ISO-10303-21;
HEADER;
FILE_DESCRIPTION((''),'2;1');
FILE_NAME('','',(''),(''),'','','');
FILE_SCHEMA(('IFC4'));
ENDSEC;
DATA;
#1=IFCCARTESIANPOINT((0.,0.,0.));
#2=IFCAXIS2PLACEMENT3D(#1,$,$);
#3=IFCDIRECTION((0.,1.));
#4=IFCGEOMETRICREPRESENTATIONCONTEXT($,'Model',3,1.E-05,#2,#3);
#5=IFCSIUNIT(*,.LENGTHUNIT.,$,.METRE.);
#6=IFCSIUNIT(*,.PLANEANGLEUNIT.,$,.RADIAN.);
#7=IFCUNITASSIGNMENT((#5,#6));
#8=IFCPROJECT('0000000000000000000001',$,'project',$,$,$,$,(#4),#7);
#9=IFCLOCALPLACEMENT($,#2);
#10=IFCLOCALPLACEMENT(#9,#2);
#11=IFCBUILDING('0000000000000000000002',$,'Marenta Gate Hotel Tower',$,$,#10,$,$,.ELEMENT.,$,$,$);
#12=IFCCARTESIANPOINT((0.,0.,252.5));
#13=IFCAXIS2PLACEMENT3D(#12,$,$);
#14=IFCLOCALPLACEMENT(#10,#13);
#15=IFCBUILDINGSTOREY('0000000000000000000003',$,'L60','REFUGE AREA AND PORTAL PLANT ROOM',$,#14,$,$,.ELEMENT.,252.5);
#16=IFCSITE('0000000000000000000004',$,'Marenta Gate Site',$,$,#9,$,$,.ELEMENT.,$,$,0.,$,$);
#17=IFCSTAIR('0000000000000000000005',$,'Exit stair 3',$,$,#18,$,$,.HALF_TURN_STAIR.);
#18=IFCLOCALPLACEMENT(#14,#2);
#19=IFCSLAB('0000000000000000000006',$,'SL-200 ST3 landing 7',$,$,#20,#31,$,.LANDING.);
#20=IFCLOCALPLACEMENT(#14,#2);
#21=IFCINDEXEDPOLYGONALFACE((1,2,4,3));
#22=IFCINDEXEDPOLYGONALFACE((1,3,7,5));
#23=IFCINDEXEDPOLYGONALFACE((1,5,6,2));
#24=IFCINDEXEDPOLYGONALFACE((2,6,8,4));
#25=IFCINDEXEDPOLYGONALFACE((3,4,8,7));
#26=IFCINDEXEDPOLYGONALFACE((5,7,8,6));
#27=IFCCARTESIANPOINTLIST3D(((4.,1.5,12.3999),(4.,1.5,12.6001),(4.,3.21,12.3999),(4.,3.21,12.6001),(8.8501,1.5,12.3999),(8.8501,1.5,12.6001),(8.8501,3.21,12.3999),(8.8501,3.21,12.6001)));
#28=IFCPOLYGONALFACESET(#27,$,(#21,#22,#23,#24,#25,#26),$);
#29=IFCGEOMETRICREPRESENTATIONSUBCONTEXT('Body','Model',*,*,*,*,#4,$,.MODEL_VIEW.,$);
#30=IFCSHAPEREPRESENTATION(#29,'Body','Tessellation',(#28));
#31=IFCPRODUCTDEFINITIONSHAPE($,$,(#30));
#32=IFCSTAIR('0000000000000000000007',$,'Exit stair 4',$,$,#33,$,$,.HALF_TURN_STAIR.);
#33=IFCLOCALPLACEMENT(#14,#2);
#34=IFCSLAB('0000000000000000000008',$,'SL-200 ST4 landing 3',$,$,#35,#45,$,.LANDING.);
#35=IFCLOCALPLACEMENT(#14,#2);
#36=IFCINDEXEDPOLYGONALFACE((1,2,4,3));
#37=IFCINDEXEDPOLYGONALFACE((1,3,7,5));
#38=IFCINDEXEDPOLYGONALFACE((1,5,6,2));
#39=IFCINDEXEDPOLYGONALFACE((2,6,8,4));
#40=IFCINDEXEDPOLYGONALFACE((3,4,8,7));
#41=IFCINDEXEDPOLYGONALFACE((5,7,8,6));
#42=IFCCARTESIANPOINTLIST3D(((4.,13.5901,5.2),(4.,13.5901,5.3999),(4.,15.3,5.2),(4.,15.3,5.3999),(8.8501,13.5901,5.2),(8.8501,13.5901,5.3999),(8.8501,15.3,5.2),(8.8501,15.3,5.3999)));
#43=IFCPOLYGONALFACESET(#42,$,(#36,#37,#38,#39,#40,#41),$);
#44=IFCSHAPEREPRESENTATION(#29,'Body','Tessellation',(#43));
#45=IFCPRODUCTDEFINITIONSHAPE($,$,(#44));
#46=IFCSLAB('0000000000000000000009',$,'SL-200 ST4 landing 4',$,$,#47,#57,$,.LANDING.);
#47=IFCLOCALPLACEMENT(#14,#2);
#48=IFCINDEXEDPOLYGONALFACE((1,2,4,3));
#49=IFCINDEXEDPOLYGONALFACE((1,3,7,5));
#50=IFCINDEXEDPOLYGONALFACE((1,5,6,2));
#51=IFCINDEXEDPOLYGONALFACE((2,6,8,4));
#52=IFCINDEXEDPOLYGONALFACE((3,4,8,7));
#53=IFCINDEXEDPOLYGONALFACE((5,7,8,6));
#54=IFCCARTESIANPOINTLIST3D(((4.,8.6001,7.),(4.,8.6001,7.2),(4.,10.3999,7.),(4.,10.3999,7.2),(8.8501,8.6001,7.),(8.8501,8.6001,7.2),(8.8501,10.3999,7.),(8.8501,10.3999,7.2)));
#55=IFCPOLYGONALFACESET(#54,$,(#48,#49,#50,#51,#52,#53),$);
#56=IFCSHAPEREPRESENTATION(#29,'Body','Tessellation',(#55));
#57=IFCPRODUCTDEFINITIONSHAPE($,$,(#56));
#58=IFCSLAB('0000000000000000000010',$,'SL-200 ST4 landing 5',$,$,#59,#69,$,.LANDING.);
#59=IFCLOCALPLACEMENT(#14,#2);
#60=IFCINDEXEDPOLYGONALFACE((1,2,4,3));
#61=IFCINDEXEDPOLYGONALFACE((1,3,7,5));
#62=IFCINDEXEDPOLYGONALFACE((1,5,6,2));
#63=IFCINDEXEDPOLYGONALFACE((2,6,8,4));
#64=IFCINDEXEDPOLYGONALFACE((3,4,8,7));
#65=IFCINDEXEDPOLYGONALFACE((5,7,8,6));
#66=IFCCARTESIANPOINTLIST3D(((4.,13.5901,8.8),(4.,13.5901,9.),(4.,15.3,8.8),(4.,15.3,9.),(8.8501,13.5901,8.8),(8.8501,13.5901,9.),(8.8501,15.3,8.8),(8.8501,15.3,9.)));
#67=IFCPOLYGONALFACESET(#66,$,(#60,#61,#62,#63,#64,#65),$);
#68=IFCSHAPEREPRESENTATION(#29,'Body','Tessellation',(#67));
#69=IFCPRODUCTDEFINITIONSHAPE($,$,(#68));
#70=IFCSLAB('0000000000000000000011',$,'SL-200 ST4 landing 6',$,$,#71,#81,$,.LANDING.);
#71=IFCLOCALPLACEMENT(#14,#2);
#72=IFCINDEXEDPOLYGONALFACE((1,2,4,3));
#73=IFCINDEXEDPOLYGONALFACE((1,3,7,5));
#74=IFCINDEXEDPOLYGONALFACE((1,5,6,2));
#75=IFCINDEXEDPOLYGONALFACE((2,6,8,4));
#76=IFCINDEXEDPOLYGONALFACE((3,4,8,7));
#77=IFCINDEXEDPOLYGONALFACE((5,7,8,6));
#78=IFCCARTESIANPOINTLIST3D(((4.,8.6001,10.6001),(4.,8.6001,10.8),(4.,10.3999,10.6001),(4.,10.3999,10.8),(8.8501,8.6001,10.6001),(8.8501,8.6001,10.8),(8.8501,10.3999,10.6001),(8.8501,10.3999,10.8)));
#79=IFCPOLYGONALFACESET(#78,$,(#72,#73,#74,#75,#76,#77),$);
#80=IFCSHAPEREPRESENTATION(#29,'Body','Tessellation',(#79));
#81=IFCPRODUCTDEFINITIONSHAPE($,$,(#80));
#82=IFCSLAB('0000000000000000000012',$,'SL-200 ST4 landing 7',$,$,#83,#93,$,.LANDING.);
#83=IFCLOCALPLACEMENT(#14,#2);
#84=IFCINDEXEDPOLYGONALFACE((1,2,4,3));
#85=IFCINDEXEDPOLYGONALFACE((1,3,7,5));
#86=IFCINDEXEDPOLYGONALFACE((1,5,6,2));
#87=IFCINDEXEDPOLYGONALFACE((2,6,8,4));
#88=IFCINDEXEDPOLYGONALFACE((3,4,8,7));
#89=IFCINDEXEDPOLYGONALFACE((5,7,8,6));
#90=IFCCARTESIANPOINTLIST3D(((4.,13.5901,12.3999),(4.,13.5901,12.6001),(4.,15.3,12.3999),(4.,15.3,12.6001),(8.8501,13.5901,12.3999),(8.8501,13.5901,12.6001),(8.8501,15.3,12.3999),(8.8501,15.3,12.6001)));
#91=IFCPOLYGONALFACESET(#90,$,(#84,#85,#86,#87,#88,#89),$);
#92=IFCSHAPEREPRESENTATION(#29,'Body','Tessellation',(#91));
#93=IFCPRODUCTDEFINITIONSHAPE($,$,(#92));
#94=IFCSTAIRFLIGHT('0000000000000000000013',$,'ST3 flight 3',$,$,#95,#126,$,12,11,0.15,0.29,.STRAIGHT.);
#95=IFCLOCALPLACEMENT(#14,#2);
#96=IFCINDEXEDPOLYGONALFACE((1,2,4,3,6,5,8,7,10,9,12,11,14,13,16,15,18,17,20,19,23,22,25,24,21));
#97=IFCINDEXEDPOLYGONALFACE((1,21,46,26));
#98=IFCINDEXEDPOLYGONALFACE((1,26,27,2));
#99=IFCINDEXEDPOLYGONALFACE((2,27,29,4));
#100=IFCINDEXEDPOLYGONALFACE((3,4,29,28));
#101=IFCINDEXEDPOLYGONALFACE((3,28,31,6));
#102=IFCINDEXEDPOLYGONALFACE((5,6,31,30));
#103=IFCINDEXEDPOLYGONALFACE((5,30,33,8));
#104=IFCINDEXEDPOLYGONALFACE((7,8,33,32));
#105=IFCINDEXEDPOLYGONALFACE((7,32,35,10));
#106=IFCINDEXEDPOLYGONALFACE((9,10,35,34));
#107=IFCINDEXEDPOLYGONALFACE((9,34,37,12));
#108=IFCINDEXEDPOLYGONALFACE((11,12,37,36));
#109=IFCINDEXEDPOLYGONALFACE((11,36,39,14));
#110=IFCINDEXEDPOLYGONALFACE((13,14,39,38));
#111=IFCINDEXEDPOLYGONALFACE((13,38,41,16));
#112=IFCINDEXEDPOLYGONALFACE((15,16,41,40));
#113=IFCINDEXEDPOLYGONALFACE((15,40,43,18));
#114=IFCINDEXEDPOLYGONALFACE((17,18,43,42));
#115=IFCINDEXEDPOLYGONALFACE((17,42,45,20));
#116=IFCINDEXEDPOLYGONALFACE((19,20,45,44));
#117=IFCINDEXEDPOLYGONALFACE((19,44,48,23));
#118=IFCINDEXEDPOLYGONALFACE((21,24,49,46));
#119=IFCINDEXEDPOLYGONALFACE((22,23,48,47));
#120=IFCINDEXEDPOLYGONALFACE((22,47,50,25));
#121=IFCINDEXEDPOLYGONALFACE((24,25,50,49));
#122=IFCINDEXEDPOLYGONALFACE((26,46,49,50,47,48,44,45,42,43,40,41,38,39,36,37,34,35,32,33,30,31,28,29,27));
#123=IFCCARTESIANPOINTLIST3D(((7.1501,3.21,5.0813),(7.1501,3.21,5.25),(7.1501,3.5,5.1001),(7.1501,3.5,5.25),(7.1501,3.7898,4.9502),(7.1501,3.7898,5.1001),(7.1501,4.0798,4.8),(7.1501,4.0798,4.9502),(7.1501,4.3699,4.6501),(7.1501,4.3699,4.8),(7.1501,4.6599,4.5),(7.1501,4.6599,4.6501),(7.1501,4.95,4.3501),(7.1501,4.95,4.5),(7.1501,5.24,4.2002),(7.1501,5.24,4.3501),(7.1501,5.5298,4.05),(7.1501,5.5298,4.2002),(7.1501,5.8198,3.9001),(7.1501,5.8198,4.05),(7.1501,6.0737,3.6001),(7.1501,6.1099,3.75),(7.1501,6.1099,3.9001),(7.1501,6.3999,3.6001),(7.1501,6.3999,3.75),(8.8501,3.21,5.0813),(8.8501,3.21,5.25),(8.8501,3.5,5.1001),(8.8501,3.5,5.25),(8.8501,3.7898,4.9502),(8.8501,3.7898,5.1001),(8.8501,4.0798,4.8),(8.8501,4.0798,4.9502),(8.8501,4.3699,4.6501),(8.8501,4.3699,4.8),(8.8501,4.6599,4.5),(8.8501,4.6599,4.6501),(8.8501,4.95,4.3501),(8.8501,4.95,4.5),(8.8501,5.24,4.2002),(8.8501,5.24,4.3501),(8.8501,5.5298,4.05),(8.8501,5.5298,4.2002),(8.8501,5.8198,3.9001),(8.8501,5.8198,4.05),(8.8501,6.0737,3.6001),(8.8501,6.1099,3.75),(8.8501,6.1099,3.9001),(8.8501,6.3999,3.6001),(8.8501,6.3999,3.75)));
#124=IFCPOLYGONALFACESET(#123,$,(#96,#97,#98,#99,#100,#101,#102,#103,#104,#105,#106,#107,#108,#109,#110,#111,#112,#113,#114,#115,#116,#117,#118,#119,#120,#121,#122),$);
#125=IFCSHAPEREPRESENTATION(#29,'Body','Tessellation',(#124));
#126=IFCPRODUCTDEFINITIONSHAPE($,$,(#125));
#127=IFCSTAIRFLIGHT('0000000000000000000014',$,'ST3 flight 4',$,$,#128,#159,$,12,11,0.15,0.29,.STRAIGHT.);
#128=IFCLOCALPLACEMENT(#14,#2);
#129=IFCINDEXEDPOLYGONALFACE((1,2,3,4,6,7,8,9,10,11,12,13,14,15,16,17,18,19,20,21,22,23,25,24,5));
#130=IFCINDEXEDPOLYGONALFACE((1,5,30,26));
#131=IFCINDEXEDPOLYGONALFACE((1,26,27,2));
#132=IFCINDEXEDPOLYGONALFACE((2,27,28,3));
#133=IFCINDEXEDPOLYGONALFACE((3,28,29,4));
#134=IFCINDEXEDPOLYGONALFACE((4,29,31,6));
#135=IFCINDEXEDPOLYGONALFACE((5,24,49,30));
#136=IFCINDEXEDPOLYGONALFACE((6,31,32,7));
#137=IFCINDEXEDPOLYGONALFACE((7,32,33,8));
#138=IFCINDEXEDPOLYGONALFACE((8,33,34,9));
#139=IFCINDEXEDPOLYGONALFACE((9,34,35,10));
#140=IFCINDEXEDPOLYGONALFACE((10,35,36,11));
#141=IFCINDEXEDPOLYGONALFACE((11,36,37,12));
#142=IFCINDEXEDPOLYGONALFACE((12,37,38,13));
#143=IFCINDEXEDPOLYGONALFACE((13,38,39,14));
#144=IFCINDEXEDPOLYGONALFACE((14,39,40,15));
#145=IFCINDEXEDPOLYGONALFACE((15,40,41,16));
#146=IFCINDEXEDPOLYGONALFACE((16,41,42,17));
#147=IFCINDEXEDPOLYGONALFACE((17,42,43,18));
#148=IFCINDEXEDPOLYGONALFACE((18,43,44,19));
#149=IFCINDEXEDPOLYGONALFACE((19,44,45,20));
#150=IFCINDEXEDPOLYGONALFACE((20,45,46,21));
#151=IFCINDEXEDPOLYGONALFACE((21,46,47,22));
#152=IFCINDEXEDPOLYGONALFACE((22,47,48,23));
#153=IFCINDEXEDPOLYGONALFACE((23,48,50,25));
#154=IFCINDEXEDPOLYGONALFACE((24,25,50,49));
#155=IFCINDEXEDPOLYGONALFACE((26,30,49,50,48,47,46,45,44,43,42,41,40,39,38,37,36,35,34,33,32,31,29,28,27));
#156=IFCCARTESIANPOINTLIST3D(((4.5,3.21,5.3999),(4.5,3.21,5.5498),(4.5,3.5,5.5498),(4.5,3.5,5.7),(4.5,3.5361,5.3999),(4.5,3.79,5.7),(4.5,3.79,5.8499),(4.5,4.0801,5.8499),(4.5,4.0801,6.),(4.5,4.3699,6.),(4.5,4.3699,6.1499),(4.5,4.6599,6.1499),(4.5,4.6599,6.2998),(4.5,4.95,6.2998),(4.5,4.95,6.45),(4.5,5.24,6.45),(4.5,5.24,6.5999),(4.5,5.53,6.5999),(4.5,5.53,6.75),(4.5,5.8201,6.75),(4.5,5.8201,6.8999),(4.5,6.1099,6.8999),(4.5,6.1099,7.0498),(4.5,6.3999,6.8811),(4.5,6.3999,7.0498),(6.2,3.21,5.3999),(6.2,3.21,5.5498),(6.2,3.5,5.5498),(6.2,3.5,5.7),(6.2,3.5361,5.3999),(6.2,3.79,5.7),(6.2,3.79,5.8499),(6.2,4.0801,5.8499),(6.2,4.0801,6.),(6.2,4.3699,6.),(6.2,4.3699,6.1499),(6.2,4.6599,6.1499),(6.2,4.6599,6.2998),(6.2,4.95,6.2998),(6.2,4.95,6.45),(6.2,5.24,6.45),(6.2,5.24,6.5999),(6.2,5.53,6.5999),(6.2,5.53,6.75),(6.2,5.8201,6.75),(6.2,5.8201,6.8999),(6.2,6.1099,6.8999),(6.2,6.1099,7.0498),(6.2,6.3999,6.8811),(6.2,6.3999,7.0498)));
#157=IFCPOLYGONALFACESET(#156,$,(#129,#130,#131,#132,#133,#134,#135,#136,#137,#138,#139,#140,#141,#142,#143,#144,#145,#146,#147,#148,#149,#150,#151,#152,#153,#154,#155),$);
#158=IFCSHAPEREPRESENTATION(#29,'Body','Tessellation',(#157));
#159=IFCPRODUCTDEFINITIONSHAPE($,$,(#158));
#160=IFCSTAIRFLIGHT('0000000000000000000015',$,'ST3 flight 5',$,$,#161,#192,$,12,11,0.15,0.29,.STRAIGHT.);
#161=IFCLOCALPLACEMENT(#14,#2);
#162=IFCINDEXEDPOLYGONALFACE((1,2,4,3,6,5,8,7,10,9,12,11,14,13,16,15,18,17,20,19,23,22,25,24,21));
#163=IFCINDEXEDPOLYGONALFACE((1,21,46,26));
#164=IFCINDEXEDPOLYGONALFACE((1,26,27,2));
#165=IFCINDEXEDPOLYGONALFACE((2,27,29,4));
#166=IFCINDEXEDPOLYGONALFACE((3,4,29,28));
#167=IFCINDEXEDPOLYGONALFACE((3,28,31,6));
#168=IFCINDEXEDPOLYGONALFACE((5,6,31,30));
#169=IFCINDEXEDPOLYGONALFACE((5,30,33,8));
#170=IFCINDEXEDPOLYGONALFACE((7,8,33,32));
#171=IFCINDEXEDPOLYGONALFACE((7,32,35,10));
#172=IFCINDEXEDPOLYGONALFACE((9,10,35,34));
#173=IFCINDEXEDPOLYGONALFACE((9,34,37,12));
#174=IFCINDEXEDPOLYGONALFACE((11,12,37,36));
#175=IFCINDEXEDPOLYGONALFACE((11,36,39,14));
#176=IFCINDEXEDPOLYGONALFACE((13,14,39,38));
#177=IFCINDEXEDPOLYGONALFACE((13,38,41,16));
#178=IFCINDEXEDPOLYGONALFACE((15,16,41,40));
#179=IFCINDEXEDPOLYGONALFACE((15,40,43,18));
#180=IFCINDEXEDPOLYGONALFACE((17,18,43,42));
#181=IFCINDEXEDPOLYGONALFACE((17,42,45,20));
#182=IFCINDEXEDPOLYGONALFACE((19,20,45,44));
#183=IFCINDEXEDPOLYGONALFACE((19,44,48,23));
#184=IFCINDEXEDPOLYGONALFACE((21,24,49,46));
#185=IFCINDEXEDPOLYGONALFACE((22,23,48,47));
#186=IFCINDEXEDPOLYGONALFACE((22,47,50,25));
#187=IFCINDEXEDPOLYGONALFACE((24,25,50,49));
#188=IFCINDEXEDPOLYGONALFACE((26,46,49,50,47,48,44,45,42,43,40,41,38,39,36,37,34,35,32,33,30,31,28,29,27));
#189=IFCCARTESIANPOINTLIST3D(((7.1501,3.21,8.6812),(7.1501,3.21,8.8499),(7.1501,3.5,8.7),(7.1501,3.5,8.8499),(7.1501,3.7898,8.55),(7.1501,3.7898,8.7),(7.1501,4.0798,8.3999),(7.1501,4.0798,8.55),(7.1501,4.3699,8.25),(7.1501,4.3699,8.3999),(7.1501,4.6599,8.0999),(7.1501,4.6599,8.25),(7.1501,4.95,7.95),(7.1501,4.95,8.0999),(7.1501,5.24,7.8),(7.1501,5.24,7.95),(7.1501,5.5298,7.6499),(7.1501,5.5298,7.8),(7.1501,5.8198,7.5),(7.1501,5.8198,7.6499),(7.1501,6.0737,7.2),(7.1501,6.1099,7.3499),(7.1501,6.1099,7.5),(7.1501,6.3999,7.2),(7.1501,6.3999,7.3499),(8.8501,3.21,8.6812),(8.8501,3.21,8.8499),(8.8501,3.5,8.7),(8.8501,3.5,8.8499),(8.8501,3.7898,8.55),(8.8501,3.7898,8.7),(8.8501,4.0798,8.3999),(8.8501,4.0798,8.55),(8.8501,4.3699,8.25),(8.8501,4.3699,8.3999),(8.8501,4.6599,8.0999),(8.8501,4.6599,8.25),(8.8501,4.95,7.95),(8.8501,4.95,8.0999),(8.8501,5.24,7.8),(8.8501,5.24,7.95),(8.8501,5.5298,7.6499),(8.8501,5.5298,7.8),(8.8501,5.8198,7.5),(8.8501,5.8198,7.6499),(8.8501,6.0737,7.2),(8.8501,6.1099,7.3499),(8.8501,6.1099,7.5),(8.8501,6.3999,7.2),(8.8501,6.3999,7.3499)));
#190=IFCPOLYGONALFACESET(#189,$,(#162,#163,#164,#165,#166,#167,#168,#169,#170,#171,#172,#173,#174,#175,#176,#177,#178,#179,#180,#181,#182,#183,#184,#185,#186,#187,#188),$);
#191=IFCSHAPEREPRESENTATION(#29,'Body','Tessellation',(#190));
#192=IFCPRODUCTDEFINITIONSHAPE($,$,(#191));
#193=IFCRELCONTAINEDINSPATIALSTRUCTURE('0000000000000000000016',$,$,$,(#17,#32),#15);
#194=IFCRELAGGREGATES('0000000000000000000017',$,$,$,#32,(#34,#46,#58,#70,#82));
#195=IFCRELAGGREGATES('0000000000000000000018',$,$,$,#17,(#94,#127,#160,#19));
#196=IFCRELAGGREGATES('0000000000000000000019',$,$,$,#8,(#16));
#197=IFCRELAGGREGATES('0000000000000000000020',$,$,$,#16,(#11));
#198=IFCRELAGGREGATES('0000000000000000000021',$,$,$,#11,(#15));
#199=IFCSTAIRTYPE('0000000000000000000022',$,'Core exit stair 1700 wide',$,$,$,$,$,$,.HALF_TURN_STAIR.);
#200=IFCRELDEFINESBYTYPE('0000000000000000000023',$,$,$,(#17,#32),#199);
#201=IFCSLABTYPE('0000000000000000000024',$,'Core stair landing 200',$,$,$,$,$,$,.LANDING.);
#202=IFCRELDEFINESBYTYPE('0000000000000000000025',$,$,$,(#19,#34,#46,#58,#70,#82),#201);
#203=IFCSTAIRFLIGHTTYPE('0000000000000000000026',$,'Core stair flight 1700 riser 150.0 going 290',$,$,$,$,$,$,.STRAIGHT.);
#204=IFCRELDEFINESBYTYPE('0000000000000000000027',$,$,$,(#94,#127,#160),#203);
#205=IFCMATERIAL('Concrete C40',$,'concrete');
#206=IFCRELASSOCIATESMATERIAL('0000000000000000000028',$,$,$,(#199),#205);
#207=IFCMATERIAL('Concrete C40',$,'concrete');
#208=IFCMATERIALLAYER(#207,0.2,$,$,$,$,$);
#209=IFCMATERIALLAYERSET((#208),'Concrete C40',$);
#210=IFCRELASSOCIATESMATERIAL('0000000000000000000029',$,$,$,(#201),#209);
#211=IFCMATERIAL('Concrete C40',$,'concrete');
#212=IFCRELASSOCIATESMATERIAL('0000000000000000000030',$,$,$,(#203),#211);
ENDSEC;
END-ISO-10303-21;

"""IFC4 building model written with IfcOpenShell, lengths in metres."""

from ifc_helpers import new_model, si_unit, direction, frame, origin, place, context, subcontext, project, spatial, polyline, outline, extrude, material, layer, layer_set, type_object, element, aggregate, save


model = new_model("IFC4")

# Units and contexts
model_context = context("Model", 3, precision=1e-05, world=origin(), true_north=direction((0.0, 1.0)))
body_context = subcontext(model_context, "Body", "Model", "MODEL_VIEW")
ifc_project = project(units=[si_unit("LENGTHUNIT", "METRE"), si_unit("PLANEANGLEUNIT", "RADIAN")], contexts=[model_context])

# Site, building, storey
site_placement = place(None, origin())
site = spatial("IfcSite", under=ifc_project, at=site_placement, Name="Marenta Gate Site", CompositionType="ELEMENT", RefElevation=0.0)
building_placement = place(site_placement, origin())
building = spatial("IfcBuilding", under=site, at=building_placement, Name="Marenta Gate Hotel Tower", CompositionType="ELEMENT")
storey_placement = place(building_placement, frame((0.0, 0.0, 252.5)))
storey = spatial("IfcBuildingStorey", under=building, at=storey_placement, Name="L60", Description="REFUGE AREA AND PORTAL PLANT ROOM", CompositionType="ELEMENT", Elevation=252.5)

# Stair, slab
ifc_material_1 = material(Name="Concrete C40", Category="concrete")
stair_type = type_object("IfcStairType", Name="Core exit stair 1700 wide", PredefinedType="HALF_TURN_STAIR", material=ifc_material_1)
stair_1_placement = place(storey_placement, origin())
stair_1 = element("IfcStair", 1, at=stair_1_placement, inside=storey, type_object=stair_type, Name="Exit stair 3", PredefinedType="HALF_TURN_STAIR")
ifc_material_2 = material(Name="Concrete C40", Category="concrete")
ifc_layer = layer(ifc_material_2, 0.2)
ifc_layer_set = layer_set([ifc_layer], Name="Concrete C40")
slab_type = type_object("IfcSlabType", Name="Core stair landing 200", PredefinedType="LANDING", material=ifc_layer_set)
slab_1_placement = place(storey_placement, frame((0.0, 0.0, 12.3999)))
slab_1 = element("IfcSlab", 2, at=slab_1_placement, type_object=slab_type, Name="SL-200 ST3 landing 7", PredefinedType="LANDING", context=body_context, shape_type="SweptSolid", body=[
    extrude(outline(polyline([(4.0, 1.5), (8.8501, 1.5), (8.8501, 3.21), (4.0, 3.21), (4.0, 1.5)])), origin(), (0.0, 0.0, 1.0), 0.2002),
])

# Stair, slabs
stair_2_placement = place(storey_placement, origin())
stair_2 = element("IfcStair", 3, at=stair_2_placement, inside=storey, type_object=stair_type, Name="Exit stair 4", PredefinedType="HALF_TURN_STAIR")
slab_2_placement = place(storey_placement, frame((0.0, 0.0, 5.2)))
slab_2 = element("IfcSlab", 4, at=slab_2_placement, type_object=slab_type, Name="SL-200 ST4 landing 3", PredefinedType="LANDING", context=body_context, shape_type="SweptSolid", body=[
    extrude(outline(polyline([(4.0, 13.5901), (8.8501, 13.5901), (8.8501, 15.3), (4.0, 15.3), (4.0, 13.5901)])), origin(), (0.0, 0.0, 1.0), 0.2),
])
slab_3_placement = place(storey_placement, frame((0.0, 0.0, 7.0)))
slab_3 = element("IfcSlab", 5, at=slab_3_placement, type_object=slab_type, Name="SL-200 ST4 landing 4", PredefinedType="LANDING", context=body_context, shape_type="SweptSolid", body=[
    extrude(outline(polyline([(4.0, 8.6001), (8.8501, 8.6001), (8.8501, 10.3999), (4.0, 10.3999), (4.0, 8.6001)])), origin(), (0.0, 0.0, 1.0), 0.2),
])
slab_4_placement = place(storey_placement, frame((0.0, 0.0, 8.8)))
slab_4 = element("IfcSlab", 6, at=slab_4_placement, type_object=slab_type, Name="SL-200 ST4 landing 5", PredefinedType="LANDING", context=body_context, shape_type="SweptSolid", body=[
    extrude(outline(polyline([(4.0, 13.5901), (8.8501, 13.5901), (8.8501, 15.3), (4.0, 15.3), (4.0, 13.5901)])), origin(), (0.0, 0.0, 1.0), 0.2),
])
slab_5_placement = place(storey_placement, frame((0.0, 0.0, 10.6001)))
slab_5 = element("IfcSlab", 7, at=slab_5_placement, type_object=slab_type, Name="SL-200 ST4 landing 6", PredefinedType="LANDING", context=body_context, shape_type="SweptSolid", body=[
    extrude(outline(polyline([(4.0, 8.6001), (8.8501, 8.6001), (8.8501, 10.3999), (4.0, 10.3999), (4.0, 8.6001)])), origin(), (0.0, 0.0, 1.0), 0.2),
])
slab_6_placement = place(storey_placement, frame((0.0, 0.0, 12.3999)))
slab_6 = element("IfcSlab", 8, at=slab_6_placement, type_object=slab_type, Name="SL-200 ST4 landing 7", PredefinedType="LANDING", context=body_context, shape_type="SweptSolid", body=[
    extrude(outline(polyline([(4.0, 13.5901), (8.8501, 13.5901), (8.8501, 15.3), (4.0, 15.3), (4.0, 13.5901)])), origin(), (0.0, 0.0, 1.0), 0.2002),
])
aggregate(stair_2, [slab_2, slab_3, slab_4, slab_5, slab_6])

# Stair flights
ifc_material_3 = material(Name="Concrete C40", Category="concrete")
stair_flight_type = type_object("IfcStairFlightType", Name="Core stair flight 1700 riser 150.0 going 290", PredefinedType="STRAIGHT", material=ifc_material_3)
stair_flight_1_placement = place(storey_placement, frame((8.0, 6.3999, 3.6001), z_axis=(0.0, 0.0, 1.0), x_axis=(0.0, -1.0, 0.0)))
stair_flight_1 = element("IfcStairFlight", 9, at=stair_flight_1_placement, type_object=stair_flight_type, Name="ST3 flight 3", NumberOfRisers=12, NumberOfTreads=11, PredefinedType="STRAIGHT", RiserHeight=0.15, TreadLength=0.29, context=body_context, shape_type="SweptSolid", body=[
    extrude(outline(polyline([(0.0, 0.0), (0.0, 0.1499), (0.29, 0.1499), (0.29, 0.3), (0.5801, 0.3), (0.5801, 0.45), (0.8701, 0.45), (0.8701, 0.6001), (1.1599, 0.6001), (1.1599, 0.75), (1.45, 0.75), (1.45, 0.8999), (1.74, 0.8999), (1.74, 1.05), (2.03, 1.05), (2.03, 1.2), (2.3201, 1.2), (2.3201, 1.3501), (2.6101, 1.3501), (2.6101, 1.5), (2.8999, 1.5), (2.8999, 1.6499), (3.1899, 1.6499), (3.1899, 1.8), (3.1899, 1.4812), (0.3262, 0.0), (0.0, 0.0)])), frame((0.0, 0.8501, 0.0), z_axis=(0.0, -1.0, 0.0), x_axis=(1.0, 0.0, 0.0)), (0.0, 0.0, 1.0), 1.7),
])
stair_flight_2_placement = place(storey_placement, frame((5.3501, 3.21, 5.3999), z_axis=(0.0, 0.0, 1.0), x_axis=(0.0, 1.0, 0.0)))
stair_flight_2 = element("IfcStairFlight", 10, at=stair_flight_2_placement, type_object=stair_flight_type, Name="ST3 flight 4", NumberOfRisers=12, NumberOfTreads=11, PredefinedType="STRAIGHT", RiserHeight=0.15, TreadLength=0.29, context=body_context, shape_type="SweptSolid", body=[
    extrude(outline(polyline([(0.0, 0.0), (0.0, 0.1499), (0.29, 0.1499), (0.29, 0.3), (0.5801, 0.3), (0.5801, 0.45), (0.8701, 0.45), (0.8701, 0.6001), (1.1599, 0.6001), (1.1599, 0.75), (1.45, 0.75), (1.45, 0.8999), (1.74, 0.8999), (1.74, 1.05), (2.03, 1.05), (2.03, 1.2), (2.3201, 1.2), (2.3201, 1.3501), (2.6101, 1.3501), (2.6101, 1.5), (2.8999, 1.5), (2.8999, 1.6499), (3.1899, 1.6499), (3.1899, 1.8), (3.1899, 1.4812), (0.3262, 0.0), (0.0, 0.0)])), frame((0.0, 0.8501, 0.0), z_axis=(0.0, -1.0, 0.0), x_axis=(1.0, 0.0, 0.0)), (0.0, 0.0, 1.0), 1.7),
])
stair_flight_3_placement = place(storey_placement, frame((8.0, 6.3999, 7.2), z_axis=(0.0, 0.0, 1.0), x_axis=(0.0, -1.0, 0.0)))
stair_flight_3 = element("IfcStairFlight", 11, at=stair_flight_3_placement, type_object=stair_flight_type, Name="ST3 flight 5", NumberOfRisers=12, NumberOfTreads=11, PredefinedType="STRAIGHT", RiserHeight=0.15, TreadLength=0.29, context=body_context, shape_type="SweptSolid", body=[
    extrude(outline(polyline([(0.0, 0.0), (0.0, 0.1499), (0.29, 0.1499), (0.29, 0.3), (0.5801, 0.3), (0.5801, 0.45), (0.8701, 0.45), (0.8701, 0.6001), (1.1599, 0.6001), (1.1599, 0.75), (1.45, 0.75), (1.45, 0.8999), (1.74, 0.8999), (1.74, 1.05), (2.03, 1.05), (2.03, 1.2), (2.3201, 1.2), (2.3201, 1.3501), (2.6101, 1.3501), (2.6101, 1.5), (2.8999, 1.5), (2.8999, 1.6499), (3.1899, 1.6499), (3.1899, 1.8), (3.1899, 1.4812), (0.3262, 0.0), (0.0, 0.0)])), frame((0.0, 0.8501, 0.0), z_axis=(0.0, -1.0, 0.0), x_axis=(1.0, 0.0, 0.0)), (0.0, 0.0, 1.0), 1.7),
])
aggregate(stair_1, [stair_flight_1, stair_flight_2, stair_flight_3, slab_1])

save(model, "model.ifc")
